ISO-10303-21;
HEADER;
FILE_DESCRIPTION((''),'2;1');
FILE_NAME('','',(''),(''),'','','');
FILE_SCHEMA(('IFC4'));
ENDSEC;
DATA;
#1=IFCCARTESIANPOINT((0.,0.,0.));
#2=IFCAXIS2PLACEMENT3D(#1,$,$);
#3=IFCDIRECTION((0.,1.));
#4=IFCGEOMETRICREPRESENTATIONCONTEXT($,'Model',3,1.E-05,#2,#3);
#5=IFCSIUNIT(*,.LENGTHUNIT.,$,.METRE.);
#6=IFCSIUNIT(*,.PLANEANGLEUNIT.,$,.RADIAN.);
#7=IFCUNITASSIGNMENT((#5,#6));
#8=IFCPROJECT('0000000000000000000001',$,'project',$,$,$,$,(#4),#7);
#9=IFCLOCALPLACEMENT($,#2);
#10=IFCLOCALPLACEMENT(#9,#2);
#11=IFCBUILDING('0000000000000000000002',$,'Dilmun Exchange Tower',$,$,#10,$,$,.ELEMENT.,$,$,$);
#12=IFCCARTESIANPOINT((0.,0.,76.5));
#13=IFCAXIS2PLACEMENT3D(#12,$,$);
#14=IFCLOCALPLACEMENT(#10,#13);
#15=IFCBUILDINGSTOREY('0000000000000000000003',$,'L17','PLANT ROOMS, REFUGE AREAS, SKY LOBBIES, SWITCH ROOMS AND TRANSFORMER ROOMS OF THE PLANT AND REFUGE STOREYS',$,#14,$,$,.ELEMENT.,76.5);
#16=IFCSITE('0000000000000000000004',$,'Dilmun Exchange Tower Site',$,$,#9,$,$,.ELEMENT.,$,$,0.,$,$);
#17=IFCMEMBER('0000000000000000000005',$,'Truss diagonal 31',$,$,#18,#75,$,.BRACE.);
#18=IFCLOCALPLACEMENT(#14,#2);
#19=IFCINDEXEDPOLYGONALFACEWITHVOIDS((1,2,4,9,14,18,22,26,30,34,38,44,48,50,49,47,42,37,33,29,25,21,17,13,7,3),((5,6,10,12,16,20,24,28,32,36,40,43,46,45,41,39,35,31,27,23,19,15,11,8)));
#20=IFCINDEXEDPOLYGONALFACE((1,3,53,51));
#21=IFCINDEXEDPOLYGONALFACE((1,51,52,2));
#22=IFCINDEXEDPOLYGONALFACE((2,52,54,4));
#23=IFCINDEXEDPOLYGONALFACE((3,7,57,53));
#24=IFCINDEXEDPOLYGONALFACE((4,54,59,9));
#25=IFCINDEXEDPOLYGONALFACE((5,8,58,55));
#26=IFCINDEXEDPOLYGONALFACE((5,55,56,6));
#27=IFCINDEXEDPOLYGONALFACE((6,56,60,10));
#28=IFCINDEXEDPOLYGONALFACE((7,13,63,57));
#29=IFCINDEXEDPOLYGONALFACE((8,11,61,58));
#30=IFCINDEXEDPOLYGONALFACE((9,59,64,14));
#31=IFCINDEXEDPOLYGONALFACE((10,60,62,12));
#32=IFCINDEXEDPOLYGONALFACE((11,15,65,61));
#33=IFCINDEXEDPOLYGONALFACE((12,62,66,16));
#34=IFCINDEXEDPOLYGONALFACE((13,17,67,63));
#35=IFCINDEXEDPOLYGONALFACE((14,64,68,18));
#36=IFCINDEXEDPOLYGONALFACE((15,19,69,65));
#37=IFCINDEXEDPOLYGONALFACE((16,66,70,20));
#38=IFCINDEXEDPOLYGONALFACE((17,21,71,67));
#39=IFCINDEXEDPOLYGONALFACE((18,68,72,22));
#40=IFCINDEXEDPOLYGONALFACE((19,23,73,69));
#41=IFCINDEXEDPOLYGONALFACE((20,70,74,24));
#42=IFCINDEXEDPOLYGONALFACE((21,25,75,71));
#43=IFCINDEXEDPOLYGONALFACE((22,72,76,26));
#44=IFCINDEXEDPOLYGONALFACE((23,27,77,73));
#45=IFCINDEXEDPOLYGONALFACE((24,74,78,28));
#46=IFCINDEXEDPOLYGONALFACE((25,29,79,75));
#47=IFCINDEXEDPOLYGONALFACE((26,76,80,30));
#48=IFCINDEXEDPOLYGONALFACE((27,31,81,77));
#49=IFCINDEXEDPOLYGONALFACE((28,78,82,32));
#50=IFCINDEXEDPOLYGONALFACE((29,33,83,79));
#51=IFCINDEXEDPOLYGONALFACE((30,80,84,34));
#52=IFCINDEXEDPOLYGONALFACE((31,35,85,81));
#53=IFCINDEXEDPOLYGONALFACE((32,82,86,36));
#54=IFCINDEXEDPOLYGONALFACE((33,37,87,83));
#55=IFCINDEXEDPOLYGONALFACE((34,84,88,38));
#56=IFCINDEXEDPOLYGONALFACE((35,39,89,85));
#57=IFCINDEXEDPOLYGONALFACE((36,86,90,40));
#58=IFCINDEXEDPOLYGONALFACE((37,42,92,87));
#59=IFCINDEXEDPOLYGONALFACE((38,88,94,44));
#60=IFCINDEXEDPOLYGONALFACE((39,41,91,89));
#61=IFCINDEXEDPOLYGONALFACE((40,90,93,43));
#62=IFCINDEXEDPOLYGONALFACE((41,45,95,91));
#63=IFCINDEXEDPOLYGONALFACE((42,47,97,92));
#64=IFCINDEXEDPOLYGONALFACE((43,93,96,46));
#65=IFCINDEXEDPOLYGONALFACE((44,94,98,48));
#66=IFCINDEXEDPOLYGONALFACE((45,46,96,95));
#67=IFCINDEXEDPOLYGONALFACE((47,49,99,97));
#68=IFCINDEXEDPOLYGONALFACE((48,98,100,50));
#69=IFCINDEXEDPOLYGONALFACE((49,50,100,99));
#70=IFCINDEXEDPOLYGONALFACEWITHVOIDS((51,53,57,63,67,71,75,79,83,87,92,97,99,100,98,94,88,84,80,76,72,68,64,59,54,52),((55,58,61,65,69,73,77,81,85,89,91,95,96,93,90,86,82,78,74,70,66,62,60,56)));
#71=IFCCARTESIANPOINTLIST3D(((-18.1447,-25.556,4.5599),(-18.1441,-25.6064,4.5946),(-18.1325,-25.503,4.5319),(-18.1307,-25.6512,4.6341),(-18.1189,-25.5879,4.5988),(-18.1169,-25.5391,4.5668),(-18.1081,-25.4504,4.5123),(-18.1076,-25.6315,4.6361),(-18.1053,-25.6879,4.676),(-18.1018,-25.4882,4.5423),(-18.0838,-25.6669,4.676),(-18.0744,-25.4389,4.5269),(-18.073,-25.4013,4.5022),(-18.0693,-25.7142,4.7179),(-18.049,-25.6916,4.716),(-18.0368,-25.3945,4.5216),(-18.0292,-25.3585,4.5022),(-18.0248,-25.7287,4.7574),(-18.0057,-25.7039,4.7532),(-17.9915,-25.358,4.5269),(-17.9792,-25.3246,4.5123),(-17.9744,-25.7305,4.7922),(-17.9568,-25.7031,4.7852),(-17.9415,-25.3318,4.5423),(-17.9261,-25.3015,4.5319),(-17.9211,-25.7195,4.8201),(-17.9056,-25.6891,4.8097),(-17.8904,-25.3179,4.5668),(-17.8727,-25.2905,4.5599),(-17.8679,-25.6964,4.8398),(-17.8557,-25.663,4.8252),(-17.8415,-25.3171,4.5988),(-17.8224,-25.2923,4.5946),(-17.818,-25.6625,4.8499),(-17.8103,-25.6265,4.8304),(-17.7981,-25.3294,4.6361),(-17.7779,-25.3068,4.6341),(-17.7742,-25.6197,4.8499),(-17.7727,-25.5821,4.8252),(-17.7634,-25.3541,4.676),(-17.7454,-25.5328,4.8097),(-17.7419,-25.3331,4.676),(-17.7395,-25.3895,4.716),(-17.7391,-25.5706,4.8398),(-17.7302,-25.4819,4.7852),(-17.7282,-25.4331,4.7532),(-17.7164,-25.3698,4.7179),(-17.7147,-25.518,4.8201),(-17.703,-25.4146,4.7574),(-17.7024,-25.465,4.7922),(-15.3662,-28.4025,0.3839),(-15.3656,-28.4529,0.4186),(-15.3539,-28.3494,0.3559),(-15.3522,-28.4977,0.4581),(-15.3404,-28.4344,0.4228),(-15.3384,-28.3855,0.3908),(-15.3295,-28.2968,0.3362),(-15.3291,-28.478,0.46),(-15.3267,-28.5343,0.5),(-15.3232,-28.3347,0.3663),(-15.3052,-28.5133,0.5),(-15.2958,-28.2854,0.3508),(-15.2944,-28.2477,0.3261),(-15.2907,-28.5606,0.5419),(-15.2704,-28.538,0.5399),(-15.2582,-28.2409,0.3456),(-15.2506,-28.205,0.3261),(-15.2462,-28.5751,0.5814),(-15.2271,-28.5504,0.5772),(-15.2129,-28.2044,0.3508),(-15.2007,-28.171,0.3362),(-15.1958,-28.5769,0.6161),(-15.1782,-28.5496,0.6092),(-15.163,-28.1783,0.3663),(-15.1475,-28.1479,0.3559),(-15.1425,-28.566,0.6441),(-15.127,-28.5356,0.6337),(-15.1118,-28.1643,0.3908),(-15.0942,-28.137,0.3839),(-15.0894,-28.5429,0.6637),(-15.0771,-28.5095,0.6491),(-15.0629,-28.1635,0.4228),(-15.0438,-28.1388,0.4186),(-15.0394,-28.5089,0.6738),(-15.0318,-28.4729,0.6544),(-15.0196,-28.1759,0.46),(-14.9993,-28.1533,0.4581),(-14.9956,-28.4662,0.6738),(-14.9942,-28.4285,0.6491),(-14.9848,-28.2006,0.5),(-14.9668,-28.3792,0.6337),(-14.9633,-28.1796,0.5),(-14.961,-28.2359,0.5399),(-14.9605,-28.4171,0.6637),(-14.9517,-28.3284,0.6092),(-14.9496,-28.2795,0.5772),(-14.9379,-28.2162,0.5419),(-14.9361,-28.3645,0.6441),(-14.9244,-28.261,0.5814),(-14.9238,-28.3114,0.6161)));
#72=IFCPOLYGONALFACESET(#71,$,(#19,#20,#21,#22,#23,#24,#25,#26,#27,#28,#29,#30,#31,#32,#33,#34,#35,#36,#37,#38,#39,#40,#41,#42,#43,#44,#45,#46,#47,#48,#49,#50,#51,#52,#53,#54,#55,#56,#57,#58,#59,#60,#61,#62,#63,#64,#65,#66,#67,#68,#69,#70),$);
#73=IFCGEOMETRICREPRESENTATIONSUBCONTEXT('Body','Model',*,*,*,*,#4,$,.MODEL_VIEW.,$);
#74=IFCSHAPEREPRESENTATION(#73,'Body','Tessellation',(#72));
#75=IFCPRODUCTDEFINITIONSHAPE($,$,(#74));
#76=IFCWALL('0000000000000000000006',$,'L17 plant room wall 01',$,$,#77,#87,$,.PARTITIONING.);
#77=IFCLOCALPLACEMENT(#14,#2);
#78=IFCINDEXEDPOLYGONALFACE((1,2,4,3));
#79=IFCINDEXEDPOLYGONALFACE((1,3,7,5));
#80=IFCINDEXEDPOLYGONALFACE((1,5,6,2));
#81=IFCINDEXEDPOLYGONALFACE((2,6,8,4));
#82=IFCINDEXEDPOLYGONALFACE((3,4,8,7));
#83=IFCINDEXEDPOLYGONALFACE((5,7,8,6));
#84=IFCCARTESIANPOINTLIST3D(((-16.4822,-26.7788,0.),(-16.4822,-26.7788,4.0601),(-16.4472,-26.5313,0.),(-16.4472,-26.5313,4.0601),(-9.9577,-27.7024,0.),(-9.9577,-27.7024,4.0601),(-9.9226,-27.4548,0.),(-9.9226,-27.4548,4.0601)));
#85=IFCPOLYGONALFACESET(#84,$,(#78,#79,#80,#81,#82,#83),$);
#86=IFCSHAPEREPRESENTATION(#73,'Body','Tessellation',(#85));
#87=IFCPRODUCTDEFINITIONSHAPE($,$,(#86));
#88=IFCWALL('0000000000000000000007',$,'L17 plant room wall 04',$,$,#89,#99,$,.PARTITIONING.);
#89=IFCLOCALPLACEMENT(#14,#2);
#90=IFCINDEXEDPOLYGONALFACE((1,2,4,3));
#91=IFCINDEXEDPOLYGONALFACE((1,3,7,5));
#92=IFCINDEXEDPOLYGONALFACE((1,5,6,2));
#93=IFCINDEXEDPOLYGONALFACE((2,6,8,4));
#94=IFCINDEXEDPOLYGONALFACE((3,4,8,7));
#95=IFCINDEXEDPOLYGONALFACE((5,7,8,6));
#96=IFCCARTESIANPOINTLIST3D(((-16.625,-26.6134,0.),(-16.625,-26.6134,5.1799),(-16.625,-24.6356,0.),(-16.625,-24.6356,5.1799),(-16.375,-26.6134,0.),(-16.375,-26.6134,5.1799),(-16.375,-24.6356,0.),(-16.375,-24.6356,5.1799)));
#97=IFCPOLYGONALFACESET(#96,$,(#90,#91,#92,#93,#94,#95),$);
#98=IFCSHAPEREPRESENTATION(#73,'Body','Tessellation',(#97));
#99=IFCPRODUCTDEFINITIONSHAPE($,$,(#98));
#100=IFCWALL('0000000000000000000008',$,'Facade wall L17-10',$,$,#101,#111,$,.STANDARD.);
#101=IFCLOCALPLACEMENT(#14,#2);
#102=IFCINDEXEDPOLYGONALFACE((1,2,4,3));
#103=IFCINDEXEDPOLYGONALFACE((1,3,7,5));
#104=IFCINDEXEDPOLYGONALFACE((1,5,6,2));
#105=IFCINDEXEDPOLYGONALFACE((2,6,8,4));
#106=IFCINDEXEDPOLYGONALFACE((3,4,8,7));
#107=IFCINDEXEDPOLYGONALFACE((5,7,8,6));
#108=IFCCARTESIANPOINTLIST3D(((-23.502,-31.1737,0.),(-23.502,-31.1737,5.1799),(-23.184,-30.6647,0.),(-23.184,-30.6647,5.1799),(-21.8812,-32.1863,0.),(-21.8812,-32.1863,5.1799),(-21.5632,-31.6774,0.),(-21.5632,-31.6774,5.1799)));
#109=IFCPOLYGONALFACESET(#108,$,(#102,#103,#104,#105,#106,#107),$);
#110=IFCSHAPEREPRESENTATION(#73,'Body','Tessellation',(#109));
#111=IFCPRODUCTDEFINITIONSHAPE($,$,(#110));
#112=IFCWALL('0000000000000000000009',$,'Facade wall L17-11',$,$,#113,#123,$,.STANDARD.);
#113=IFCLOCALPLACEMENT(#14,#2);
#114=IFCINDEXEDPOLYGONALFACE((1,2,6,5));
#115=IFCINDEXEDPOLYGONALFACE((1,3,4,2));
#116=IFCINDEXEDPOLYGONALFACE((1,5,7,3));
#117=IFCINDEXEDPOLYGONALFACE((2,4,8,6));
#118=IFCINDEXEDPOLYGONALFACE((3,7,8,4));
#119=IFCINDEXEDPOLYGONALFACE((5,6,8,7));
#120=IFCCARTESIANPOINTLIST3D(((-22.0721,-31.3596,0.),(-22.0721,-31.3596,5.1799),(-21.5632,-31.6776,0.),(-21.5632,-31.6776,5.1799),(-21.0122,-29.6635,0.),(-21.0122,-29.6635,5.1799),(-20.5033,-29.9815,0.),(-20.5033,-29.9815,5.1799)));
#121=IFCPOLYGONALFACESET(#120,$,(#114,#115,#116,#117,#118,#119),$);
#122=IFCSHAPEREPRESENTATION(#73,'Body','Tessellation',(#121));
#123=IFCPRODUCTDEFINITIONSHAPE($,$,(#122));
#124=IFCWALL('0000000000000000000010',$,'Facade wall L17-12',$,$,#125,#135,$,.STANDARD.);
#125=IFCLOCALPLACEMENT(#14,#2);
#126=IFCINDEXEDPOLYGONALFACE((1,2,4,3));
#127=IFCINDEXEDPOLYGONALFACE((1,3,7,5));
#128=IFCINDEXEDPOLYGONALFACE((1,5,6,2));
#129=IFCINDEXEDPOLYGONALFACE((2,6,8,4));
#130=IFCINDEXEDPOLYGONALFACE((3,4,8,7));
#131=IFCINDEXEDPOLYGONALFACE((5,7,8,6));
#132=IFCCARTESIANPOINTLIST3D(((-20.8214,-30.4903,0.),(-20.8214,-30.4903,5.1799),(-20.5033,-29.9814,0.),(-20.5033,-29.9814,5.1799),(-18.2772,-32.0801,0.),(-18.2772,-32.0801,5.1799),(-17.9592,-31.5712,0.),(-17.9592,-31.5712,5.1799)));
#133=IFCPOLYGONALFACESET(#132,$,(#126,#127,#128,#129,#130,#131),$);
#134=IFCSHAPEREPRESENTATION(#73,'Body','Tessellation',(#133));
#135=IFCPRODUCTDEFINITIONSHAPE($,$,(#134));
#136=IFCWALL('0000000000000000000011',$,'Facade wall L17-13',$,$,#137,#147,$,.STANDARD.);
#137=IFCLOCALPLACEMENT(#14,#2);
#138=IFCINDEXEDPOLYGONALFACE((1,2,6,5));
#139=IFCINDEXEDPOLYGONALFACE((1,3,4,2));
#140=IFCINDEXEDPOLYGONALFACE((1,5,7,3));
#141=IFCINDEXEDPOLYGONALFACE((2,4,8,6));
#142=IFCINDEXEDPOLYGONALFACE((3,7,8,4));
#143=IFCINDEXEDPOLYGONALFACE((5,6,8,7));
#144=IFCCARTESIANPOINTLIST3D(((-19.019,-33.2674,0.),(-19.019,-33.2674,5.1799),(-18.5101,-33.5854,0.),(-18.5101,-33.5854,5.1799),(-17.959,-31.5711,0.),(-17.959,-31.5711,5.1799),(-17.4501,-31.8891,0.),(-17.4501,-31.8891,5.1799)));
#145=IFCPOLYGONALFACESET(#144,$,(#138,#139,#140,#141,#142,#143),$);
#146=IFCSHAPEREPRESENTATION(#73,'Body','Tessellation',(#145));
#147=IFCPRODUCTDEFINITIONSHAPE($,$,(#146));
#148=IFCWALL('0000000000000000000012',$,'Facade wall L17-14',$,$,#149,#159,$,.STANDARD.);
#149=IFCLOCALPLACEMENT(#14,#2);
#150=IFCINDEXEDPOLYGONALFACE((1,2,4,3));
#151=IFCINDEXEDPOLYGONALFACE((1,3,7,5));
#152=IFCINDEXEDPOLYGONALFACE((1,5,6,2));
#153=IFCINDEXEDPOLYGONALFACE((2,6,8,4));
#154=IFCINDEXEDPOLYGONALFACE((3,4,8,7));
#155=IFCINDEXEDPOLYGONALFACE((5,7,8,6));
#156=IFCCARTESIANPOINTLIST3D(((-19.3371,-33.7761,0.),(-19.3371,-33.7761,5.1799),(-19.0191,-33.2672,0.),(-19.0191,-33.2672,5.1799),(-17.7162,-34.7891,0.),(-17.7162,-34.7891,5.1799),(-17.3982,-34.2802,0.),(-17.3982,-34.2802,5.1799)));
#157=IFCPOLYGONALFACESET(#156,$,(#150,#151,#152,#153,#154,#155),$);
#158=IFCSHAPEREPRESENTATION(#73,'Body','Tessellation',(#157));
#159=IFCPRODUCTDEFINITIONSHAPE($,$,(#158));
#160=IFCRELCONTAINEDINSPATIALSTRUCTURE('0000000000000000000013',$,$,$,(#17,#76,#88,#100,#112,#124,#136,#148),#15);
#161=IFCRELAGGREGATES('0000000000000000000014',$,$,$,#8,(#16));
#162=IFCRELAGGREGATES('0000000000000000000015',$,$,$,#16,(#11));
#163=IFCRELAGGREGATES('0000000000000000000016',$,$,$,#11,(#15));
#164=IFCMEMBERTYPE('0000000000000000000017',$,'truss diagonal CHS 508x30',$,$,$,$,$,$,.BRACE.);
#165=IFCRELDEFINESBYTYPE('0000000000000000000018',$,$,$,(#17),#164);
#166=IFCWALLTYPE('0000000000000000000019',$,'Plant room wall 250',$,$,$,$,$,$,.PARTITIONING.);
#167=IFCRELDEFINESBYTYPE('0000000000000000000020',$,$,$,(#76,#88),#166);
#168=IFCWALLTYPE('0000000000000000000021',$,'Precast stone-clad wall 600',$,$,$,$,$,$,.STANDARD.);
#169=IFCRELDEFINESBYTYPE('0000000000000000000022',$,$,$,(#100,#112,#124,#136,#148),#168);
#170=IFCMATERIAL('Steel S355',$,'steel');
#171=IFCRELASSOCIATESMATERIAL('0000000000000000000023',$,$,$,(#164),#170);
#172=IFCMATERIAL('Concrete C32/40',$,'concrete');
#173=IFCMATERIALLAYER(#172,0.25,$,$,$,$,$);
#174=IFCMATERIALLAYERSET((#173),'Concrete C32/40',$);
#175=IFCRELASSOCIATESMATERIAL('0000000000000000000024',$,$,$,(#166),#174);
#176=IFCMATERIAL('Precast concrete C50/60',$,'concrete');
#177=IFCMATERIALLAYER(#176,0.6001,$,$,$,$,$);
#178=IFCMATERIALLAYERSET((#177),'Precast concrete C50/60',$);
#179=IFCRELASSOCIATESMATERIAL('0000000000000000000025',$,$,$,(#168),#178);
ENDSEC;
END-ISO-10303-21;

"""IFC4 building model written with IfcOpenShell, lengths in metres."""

from ifc_helpers import new_model, si_unit, direction, frame, frame_2d, origin, origin_2d, place, context, subcontext, project, spatial, rectangle, hollow_circle, extrude, material, layer, layer_set, material_profile, profile_set, type_object, element, save


model = new_model("IFC4")

# Units and contexts
model_context = context("Model", 3, precision=1e-05, world=origin(), true_north=direction((0.0, 1.0)))
body_context = subcontext(model_context, "Body", "Model", "MODEL_VIEW")
ifc_project = project(units=[si_unit("LENGTHUNIT", "METRE"), si_unit("PLANEANGLEUNIT", "RADIAN")], contexts=[model_context])

# Site, building, storey
site_placement = place(None, origin())
site = spatial("IfcSite", under=ifc_project, at=site_placement, Name="Dilmun Exchange Tower Site", CompositionType="ELEMENT", RefElevation=0.0)
building_placement = place(site_placement, origin())
building = spatial("IfcBuilding", under=site, at=building_placement, Name="Dilmun Exchange Tower", CompositionType="ELEMENT")
storey_placement = place(building_placement, frame((0.0, 0.0, 76.5)))
storey = spatial("IfcBuildingStorey", under=building, at=storey_placement, Name="L17", Description="PLANT ROOMS, REFUGE AREAS, SKY LOBBIES, SWITCH ROOMS AND TRANSFORMER ROOMS OF THE PLANT AND REFUGE STOREYS", CompositionType="ELEMENT", Elevation=76.5)

# Shared definitions
ifc_material_1 = material(Name="Steel S355", Category="steel")

# Member
ifc_material_profile_1 = material_profile(ifc_material_1, hollow_circle(Radius=0.2539, WallThickness=0.03, at=origin_2d()), Name="CHS 508x30")
ifc_profile_set_1 = profile_set([ifc_material_profile_1], Name="Steel S355")
member_type = type_object("IfcMemberType", Name="truss diagonal CHS 508x30", PredefinedType="BRACE", material=ifc_profile_set_1)
member_placement = place(storey_placement, frame((-17.9236, -25.5105, 4.676), z_axis=(0.481779, -0.493547, -0.724086), x_axis=(0.715587, 0.698524, 0.0)))
element("IfcMember", 1, at=member_placement, inside=storey, type_object=member_type, Name="Truss diagonal 31", PredefinedType="BRACE", context=body_context, shape_type="SweptSolid", body=[
    extrude(hollow_circle(Radius=0.2539, WallThickness=0.03, at=origin_2d()), origin(), (0.0, 0.0, 1.0), 5.7673),
])

# Walls
ifc_material_2 = material(Name="Concrete C32/40", Category="concrete")
ifc_layer_1 = layer(ifc_material_2, 0.25)
ifc_layer_set_1 = layer_set([ifc_layer_1], Name="Concrete C32/40")
wall_type_1 = type_object("IfcWallType", Name="Plant room wall 250", PredefinedType="PARTITIONING", material=ifc_layer_set_1)
wall_1_placement = place(storey_placement, frame((-16.4648, -26.655, 0.0), z_axis=(0.0, 0.0, 1.0), x_axis=(0.990129, -0.140156, 0.0)))
element("IfcWall", 2, at=wall_1_placement, inside=storey, type_object=wall_type_1, Name="L17 plant room wall 01", PredefinedType="PARTITIONING", context=body_context, shape_type="SweptSolid", body=[
    extrude(rectangle(XDim=6.5896, YDim=0.25, at=frame_2d((3.2949, 0.0))), origin(), (0.0, 0.0, 1.0), 4.0601),
])
wall_2_placement = place(storey_placement, frame((-16.5, -26.6133, 0.0), z_axis=(0.0, 0.0, 1.0), x_axis=(0.0, 1.0, 0.0)))
element("IfcWall", 3, at=wall_2_placement, inside=storey, type_object=wall_type_1, Name="L17 plant room wall 04", PredefinedType="PARTITIONING", context=body_context, shape_type="SweptSolid", body=[
    extrude(rectangle(XDim=1.9778, YDim=0.25, at=frame_2d((0.9888, 0.0))), origin(), (0.0, 0.0, 1.0), 5.1799),
])
ifc_material_3 = material(Name="Precast concrete C50/60", Category="concrete")
ifc_layer_2 = layer(ifc_material_3, 0.6001)
ifc_layer_set_2 = layer_set([ifc_layer_2], Name="Precast concrete C50/60")
wall_type_2 = type_object("IfcWallType", Name="Precast stone-clad wall 600", PredefinedType="STANDARD", material=ifc_layer_set_2)
wall_3_placement = place(storey_placement, frame((-23.343, -30.9192, 0.0), z_axis=(0.0, 0.0, 1.0), x_axis=(0.848077, -0.529873, 0.0)))
element("IfcWall", 4, at=wall_3_placement, inside=storey, type_object=wall_type_2, Name="Facade wall L17-10", PredefinedType="STANDARD", context=body_context, shape_type="SweptSolid", body=[
    extrude(rectangle(XDim=1.9111, YDim=0.6001, at=frame_2d((0.9556, 0.0))), origin(), (0.0, 0.0, 1.0), 5.1799),
])
wall_4_placement = place(storey_placement, frame((-21.8176, -31.5186, 0.0), z_axis=(0.0, 0.0, 1.0), x_axis=(0.529922, 0.848046, 0.0)))
element("IfcWall", 5, at=wall_4_placement, inside=storey, type_object=wall_type_2, Name="Facade wall L17-11", PredefinedType="STANDARD", context=body_context, shape_type="SweptSolid", body=[
    extrude(rectangle(XDim=2.0, YDim=0.6001, at=frame_2d((1.0, 0.0))), origin(), (0.0, 0.0, 1.0), 5.1799),
])
wall_5_placement = place(storey_placement, frame((-20.6624, -30.2358, 0.0), z_axis=(0.0, 0.0, 1.0), x_axis=(0.848039, -0.529933, 0.0)))
element("IfcWall", 6, at=wall_5_placement, inside=storey, type_object=wall_type_2, Name="Facade wall L17-12", PredefinedType="STANDARD", context=body_context, shape_type="SweptSolid", body=[
    extrude(rectangle(XDim=3.0, YDim=0.6001, at=frame_2d((1.5, 0.0))), origin(), (0.0, 0.0, 1.0), 5.1799),
])
wall_6_placement = place(storey_placement, frame((-17.7046, -31.7302, 0.0), z_axis=(0.0, 0.0, 1.0), x_axis=(-0.529955, -0.848026, 0.0)))
element("IfcWall", 7, at=wall_6_placement, inside=storey, type_object=wall_type_2, Name="Facade wall L17-13", PredefinedType="STANDARD", context=body_context, shape_type="SweptSolid", body=[
    extrude(rectangle(XDim=2.0002, YDim=0.6001, at=frame_2d((1.0, 0.0))), origin(), (0.0, 0.0, 1.0), 5.1799),
])
wall_7_placement = place(storey_placement, frame((-19.178, -33.5217, 0.0), z_axis=(0.0, 0.0, 1.0), x_axis=(0.84802, -0.529964, 0.0)))
element("IfcWall", 8, at=wall_7_placement, inside=storey, type_object=wall_type_2, Name="Facade wall L17-14", PredefinedType="STANDARD", context=body_context, shape_type="SweptSolid", body=[
    extrude(rectangle(XDim=1.9114, YDim=0.6001, at=frame_2d((0.9556, 0.0))), origin(), (0.0, 0.0, 1.0), 5.1799),
])

save(model, "model.ifc")
